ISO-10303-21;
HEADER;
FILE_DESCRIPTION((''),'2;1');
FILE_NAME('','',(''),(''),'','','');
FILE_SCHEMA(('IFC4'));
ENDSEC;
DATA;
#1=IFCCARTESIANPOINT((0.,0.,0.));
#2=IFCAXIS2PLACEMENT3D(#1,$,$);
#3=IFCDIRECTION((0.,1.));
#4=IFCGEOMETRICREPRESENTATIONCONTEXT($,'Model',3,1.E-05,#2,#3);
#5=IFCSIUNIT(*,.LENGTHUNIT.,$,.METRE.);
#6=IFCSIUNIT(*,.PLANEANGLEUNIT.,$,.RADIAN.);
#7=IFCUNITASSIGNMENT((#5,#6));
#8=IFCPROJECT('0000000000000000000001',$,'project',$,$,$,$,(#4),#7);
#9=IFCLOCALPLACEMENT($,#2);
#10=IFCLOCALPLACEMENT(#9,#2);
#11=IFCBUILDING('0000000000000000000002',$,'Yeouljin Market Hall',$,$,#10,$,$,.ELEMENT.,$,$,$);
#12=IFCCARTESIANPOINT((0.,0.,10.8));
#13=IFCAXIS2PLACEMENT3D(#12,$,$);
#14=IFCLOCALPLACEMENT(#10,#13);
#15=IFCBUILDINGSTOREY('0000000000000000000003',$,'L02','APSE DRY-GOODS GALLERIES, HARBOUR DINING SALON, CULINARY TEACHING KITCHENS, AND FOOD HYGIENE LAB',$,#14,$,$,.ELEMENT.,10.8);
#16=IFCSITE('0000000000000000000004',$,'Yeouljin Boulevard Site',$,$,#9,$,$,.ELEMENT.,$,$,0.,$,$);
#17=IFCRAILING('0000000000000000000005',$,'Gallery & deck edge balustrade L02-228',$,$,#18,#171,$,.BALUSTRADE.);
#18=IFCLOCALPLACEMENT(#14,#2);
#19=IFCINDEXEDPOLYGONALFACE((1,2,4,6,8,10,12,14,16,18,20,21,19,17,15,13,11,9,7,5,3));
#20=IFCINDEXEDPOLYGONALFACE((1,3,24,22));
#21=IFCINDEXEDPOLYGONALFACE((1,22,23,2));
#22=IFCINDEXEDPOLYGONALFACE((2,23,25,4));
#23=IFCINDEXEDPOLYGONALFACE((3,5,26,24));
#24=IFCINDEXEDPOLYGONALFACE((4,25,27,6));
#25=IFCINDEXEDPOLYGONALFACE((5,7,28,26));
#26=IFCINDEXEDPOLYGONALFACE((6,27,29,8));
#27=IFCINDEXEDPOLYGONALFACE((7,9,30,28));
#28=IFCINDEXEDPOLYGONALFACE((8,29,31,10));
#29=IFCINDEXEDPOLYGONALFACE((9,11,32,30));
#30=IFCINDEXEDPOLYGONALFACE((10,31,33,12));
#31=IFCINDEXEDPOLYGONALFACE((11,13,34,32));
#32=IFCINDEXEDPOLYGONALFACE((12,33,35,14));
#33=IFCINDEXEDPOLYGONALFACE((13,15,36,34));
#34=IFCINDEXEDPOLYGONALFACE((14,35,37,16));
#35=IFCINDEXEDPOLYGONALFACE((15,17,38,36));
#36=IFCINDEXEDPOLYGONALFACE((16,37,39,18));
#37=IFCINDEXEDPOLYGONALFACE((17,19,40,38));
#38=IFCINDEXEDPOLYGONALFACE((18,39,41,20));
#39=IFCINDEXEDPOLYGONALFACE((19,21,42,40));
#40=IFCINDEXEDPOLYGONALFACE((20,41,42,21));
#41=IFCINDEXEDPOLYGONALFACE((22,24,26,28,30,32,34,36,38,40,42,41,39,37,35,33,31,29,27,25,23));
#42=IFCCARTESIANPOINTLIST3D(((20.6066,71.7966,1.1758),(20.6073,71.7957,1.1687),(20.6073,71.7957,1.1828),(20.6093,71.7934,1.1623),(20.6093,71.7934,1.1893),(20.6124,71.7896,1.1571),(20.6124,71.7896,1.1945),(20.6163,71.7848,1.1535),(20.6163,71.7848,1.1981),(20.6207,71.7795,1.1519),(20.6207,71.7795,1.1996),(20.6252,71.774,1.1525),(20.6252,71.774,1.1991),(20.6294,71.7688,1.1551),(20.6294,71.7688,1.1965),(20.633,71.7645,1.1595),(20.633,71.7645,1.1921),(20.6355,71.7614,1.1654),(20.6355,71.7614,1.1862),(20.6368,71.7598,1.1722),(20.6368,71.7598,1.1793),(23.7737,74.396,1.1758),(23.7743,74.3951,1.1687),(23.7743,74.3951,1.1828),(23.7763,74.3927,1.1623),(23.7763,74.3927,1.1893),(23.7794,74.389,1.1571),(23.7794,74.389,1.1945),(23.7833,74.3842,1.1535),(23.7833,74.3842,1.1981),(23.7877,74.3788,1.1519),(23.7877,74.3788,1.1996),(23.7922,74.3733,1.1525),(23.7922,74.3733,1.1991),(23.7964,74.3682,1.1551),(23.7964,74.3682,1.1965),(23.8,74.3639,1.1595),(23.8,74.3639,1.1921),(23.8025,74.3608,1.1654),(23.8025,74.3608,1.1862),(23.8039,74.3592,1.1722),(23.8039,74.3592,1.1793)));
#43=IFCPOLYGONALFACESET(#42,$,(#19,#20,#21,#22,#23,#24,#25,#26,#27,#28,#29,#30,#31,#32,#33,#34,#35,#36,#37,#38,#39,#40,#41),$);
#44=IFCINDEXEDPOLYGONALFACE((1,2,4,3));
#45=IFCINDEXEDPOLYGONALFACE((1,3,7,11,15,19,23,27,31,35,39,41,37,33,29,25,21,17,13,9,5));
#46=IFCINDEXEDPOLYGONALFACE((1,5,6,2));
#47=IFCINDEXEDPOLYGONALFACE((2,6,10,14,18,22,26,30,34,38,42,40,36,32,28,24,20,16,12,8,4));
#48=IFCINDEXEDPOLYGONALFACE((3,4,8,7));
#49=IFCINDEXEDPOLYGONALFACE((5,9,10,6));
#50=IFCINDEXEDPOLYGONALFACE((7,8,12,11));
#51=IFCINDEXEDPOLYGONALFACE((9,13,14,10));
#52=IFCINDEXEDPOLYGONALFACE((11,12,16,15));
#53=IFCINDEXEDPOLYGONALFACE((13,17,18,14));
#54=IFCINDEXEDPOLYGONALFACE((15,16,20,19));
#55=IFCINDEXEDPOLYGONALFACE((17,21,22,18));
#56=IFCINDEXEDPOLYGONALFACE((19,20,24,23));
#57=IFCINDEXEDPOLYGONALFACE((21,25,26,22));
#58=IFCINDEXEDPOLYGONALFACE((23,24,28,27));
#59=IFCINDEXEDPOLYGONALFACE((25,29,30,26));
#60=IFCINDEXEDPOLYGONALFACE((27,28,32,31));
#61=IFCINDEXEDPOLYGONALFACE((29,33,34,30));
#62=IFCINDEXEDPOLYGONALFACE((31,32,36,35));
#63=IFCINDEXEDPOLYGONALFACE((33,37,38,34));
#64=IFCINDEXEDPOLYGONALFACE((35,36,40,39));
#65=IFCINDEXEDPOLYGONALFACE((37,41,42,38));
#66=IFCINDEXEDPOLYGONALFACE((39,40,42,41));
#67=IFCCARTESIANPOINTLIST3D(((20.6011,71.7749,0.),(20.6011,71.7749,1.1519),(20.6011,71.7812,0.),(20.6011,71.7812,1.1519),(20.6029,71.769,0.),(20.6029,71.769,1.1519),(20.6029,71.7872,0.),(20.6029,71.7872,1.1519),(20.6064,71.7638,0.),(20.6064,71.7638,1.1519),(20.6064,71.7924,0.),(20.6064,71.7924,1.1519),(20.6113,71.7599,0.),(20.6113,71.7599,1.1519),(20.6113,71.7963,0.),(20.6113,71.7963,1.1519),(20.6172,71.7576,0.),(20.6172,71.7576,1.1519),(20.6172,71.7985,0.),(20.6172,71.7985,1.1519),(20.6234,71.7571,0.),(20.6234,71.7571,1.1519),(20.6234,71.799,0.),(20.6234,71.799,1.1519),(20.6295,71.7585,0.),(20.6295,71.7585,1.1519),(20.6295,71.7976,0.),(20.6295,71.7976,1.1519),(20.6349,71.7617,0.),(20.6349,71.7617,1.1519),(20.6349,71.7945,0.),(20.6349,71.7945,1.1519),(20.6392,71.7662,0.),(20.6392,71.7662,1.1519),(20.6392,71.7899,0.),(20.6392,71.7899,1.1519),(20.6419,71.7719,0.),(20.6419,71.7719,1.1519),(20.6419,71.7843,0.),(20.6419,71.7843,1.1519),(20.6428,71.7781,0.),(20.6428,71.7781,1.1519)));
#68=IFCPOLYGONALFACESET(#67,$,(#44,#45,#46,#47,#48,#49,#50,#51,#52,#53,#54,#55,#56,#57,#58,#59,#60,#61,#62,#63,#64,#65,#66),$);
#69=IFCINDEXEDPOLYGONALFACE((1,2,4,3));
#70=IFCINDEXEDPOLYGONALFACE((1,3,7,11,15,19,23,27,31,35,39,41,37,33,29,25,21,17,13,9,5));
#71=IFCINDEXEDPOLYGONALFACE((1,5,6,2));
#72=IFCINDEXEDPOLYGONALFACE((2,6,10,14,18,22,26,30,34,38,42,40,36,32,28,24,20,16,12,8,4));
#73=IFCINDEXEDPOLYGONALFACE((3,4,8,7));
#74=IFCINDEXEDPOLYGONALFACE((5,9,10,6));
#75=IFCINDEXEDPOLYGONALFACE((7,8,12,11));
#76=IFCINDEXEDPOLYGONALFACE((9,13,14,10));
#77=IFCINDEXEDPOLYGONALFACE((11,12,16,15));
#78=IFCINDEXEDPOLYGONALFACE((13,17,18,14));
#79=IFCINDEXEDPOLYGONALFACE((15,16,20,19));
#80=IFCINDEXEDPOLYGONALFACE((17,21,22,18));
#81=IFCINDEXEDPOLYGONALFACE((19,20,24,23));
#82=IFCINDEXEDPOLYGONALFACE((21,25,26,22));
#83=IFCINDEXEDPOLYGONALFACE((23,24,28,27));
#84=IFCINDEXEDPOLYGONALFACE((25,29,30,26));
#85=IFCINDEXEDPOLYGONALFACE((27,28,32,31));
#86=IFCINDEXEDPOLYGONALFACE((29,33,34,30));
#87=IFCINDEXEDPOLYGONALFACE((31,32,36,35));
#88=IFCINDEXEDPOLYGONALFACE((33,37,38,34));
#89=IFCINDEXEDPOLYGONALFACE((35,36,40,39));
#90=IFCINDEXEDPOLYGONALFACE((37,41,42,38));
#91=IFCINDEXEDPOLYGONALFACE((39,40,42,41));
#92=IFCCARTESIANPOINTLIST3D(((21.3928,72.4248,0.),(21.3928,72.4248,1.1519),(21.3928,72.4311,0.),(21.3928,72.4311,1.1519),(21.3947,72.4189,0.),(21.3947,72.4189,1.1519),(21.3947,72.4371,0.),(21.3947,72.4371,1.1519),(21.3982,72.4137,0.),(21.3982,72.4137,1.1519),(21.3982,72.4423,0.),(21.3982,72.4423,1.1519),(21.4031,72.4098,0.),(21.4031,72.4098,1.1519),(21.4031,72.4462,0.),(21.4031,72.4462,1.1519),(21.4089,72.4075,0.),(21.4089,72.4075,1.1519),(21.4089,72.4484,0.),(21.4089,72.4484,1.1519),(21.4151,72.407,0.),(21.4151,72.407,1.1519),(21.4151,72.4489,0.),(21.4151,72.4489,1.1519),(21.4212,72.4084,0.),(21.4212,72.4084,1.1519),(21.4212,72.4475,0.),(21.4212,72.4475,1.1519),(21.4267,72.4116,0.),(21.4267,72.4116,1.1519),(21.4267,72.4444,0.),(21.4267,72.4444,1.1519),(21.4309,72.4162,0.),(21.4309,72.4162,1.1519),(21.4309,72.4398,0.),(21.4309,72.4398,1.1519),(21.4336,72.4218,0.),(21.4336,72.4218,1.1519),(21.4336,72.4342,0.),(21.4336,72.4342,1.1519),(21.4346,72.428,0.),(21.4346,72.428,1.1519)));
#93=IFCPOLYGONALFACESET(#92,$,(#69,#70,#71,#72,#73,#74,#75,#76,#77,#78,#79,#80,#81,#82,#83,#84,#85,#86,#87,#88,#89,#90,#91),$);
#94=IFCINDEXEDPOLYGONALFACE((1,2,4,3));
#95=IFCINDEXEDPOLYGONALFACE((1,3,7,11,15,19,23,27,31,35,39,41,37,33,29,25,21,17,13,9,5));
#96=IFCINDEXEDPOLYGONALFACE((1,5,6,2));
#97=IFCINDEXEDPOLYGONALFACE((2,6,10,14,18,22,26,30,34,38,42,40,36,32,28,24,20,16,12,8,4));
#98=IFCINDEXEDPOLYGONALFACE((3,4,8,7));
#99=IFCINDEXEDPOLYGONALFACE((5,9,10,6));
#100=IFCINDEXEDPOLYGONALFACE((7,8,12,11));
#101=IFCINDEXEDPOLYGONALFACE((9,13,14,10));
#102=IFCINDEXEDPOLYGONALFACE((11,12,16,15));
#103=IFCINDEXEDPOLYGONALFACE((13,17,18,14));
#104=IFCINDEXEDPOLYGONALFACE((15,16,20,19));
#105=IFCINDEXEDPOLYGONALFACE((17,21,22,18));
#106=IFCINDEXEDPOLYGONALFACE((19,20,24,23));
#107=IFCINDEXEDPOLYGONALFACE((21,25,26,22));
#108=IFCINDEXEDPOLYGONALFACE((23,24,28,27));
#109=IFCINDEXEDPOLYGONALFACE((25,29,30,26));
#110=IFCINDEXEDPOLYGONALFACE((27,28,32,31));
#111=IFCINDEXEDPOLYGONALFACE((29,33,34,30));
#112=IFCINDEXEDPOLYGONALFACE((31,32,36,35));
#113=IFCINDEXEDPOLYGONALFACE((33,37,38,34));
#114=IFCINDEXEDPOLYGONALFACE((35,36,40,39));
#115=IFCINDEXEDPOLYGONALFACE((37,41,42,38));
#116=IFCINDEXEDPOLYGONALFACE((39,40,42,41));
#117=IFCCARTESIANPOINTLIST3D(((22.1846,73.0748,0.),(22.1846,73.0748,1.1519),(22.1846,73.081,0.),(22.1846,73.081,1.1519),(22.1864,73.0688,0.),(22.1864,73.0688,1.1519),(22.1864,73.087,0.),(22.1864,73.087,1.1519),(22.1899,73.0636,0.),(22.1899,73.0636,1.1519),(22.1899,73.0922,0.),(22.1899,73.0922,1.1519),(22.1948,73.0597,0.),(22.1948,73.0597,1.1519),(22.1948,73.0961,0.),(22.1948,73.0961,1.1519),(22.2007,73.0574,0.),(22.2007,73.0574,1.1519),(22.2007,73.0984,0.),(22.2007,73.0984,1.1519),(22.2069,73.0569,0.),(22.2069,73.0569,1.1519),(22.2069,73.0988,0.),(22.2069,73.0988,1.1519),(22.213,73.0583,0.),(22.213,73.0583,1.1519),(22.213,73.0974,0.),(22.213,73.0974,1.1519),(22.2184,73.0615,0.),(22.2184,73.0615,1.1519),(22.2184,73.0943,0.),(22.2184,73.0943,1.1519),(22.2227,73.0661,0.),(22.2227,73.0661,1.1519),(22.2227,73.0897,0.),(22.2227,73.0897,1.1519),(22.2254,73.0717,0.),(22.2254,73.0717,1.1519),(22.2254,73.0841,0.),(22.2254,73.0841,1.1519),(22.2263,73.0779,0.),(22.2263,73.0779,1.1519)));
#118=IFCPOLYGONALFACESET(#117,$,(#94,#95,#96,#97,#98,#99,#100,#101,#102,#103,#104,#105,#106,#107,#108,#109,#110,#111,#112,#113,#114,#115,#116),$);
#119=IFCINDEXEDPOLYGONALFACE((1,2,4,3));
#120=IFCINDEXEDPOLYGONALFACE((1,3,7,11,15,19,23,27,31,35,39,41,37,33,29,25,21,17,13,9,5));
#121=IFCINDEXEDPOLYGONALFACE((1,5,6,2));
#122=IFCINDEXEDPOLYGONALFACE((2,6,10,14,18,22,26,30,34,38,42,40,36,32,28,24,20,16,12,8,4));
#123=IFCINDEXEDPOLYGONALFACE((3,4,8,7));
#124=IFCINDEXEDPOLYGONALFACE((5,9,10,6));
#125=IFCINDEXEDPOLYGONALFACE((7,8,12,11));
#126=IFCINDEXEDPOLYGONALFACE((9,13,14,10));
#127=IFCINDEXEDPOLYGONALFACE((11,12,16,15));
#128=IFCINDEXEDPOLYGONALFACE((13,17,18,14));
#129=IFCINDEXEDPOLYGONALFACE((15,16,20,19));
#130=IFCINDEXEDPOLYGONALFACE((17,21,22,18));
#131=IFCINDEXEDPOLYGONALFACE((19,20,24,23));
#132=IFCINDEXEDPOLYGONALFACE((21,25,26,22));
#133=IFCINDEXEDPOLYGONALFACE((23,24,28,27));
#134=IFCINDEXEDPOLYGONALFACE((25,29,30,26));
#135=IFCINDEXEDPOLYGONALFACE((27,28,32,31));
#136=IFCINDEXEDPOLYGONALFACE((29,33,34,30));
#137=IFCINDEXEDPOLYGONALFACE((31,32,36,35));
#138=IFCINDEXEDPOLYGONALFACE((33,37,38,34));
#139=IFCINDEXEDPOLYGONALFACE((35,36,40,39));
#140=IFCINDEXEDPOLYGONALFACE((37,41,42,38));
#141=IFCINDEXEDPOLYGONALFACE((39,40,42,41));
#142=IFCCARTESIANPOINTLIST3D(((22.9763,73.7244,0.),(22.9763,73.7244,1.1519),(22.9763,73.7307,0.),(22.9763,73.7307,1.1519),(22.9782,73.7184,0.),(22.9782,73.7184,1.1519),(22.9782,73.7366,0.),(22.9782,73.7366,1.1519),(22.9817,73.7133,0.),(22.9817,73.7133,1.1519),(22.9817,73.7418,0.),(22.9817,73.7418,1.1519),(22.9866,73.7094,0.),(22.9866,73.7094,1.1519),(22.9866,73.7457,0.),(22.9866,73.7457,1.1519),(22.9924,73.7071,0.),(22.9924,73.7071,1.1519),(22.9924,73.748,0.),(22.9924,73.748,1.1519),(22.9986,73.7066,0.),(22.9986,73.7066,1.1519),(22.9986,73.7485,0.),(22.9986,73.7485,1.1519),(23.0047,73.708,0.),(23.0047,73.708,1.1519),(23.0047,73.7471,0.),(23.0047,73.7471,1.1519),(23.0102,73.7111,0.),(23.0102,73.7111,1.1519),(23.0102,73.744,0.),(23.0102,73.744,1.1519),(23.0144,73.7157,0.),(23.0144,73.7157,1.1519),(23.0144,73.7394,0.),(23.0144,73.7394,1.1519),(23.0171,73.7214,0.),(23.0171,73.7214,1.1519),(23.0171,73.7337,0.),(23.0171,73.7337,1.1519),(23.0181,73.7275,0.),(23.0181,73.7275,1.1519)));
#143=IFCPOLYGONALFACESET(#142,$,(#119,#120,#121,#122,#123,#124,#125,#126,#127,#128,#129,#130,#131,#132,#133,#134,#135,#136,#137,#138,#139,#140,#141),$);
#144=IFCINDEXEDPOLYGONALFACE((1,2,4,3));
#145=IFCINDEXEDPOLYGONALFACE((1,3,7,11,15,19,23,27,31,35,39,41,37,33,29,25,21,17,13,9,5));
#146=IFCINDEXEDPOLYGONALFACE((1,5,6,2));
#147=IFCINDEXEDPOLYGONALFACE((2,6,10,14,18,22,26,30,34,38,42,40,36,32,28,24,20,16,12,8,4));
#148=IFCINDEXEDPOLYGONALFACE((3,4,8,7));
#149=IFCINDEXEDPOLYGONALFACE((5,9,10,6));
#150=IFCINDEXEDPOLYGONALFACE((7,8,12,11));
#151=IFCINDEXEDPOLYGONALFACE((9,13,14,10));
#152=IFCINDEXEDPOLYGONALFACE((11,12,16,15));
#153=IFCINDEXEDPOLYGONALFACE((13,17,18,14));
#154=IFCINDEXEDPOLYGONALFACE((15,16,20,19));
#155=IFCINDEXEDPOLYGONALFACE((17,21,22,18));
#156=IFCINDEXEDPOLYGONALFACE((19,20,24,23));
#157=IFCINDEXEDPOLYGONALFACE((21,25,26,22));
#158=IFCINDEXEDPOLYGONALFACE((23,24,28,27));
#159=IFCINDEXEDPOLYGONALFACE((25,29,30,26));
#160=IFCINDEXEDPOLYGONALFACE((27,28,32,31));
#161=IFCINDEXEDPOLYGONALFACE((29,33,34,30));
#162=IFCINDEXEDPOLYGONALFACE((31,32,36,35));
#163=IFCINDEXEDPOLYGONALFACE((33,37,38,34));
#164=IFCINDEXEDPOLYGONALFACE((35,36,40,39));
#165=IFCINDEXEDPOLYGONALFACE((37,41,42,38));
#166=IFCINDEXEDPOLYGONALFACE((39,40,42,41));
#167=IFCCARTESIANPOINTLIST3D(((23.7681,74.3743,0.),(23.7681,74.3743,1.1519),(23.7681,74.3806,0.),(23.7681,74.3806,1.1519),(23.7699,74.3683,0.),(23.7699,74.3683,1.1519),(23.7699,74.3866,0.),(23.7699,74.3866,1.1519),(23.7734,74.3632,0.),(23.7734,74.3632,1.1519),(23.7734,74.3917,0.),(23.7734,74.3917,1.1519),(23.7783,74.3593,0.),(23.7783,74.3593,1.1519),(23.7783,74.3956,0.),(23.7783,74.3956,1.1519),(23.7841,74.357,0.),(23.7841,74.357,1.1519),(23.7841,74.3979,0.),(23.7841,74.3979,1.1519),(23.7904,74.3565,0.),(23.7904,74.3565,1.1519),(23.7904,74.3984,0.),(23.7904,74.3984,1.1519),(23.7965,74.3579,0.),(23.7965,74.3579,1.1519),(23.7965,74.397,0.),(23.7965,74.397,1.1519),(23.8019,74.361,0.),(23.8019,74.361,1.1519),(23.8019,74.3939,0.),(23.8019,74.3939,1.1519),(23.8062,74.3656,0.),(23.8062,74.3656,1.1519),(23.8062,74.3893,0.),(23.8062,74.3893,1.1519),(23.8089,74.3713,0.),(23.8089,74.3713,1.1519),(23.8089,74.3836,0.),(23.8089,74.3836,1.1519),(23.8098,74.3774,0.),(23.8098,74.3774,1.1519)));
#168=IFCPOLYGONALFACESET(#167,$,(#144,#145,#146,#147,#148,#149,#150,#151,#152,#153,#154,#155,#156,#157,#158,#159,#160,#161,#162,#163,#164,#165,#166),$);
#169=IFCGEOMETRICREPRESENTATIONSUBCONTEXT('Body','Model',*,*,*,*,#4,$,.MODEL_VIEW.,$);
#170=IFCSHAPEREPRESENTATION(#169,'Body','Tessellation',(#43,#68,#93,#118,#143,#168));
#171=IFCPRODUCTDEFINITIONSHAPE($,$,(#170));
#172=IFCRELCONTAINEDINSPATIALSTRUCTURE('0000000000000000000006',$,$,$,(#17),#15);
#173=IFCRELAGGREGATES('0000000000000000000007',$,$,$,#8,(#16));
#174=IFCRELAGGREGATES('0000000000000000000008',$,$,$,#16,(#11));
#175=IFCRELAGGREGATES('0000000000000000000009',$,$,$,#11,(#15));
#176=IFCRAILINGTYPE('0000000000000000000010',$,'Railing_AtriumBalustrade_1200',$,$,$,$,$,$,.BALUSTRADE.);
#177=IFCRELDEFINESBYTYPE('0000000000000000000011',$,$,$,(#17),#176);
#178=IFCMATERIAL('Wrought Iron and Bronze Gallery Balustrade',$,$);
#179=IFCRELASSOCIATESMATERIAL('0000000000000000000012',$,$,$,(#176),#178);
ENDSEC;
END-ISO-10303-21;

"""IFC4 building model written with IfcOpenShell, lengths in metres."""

from ifc_helpers import new_model, si_unit, direction, frame, origin, origin_2d, place, context, subcontext, project, spatial, circle, extrude, material, type_object, element, save


model = new_model("IFC4")

# Units and contexts
model_context = context("Model", 3, precision=1e-05, world=origin(), true_north=direction((0.0, 1.0)))
body_context = subcontext(model_context, "Body", "Model", "MODEL_VIEW")
ifc_project = project(units=[si_unit("LENGTHUNIT", "METRE"), si_unit("PLANEANGLEUNIT", "RADIAN")], contexts=[model_context])

# Site, building, storey
site_placement = place(None, origin())
site = spatial("IfcSite", under=ifc_project, at=site_placement, Name="Yeouljin Boulevard Site", CompositionType="ELEMENT", RefElevation=0.0)
building_placement = place(site_placement, origin())
building = spatial("IfcBuilding", under=site, at=building_placement, Name="Yeouljin Market Hall", CompositionType="ELEMENT")
storey_placement = place(building_placement, frame((0.0, 0.0, 10.8)))
storey = spatial("IfcBuildingStorey", under=building, at=storey_placement, Name="L02", Description="APSE DRY-GOODS GALLERIES, HARBOUR DINING SALON, CULINARY TEACHING KITCHENS, AND FOOD HYGIENE LAB", CompositionType="ELEMENT", Elevation=10.8)

# Railing
ifc_material_1 = material(Name="Wrought Iron and Bronze Gallery Balustrade")
railing_type = type_object("IfcRailingType", Name="Railing_AtriumBalustrade_1200", PredefinedType="BALUSTRADE", material=ifc_material_1)
railing_1_placement = place(storey_placement, frame((20.6218, 71.7781, 0.0)))
element("IfcRailing", 1, at=railing_1_placement, inside=storey, type_object=railing_type, Name="Gallery & deck edge balustrade L02-228", PredefinedType="BALUSTRADE", context=body_context, shape_type="SweptSolid", body=[
    extrude(circle(Radius=0.0239, at=origin_2d()), frame((0.0, 0.0, 1.1758), z_axis=(0.772977, 0.634434, 0.0), x_axis=(-0.634434, 0.772977, 0.0)), (0.0, 0.0, 1.0), 4.0972),
    extrude(circle(Radius=0.021, at=origin_2d()), origin(), (0.0, 0.0, 1.0), 1.1519),
    extrude(circle(Radius=0.021, at=origin_2d()), frame((0.7917, 0.6499, 0.0)), (0.0, 0.0, 1.0), 1.1519),
    extrude(circle(Radius=0.021, at=origin_2d()), frame((1.5835, 1.2998, 0.0)), (0.0, 0.0, 1.0), 1.1519),
    extrude(circle(Radius=0.021, at=origin_2d()), frame((2.3752, 1.9495, 0.0)), (0.0, 0.0, 1.0), 1.1519),
    extrude(circle(Radius=0.021, at=origin_2d()), frame((3.167, 2.5994, 0.0)), (0.0, 0.0, 1.0), 1.1519),
])

save(model, "model.ifc")
